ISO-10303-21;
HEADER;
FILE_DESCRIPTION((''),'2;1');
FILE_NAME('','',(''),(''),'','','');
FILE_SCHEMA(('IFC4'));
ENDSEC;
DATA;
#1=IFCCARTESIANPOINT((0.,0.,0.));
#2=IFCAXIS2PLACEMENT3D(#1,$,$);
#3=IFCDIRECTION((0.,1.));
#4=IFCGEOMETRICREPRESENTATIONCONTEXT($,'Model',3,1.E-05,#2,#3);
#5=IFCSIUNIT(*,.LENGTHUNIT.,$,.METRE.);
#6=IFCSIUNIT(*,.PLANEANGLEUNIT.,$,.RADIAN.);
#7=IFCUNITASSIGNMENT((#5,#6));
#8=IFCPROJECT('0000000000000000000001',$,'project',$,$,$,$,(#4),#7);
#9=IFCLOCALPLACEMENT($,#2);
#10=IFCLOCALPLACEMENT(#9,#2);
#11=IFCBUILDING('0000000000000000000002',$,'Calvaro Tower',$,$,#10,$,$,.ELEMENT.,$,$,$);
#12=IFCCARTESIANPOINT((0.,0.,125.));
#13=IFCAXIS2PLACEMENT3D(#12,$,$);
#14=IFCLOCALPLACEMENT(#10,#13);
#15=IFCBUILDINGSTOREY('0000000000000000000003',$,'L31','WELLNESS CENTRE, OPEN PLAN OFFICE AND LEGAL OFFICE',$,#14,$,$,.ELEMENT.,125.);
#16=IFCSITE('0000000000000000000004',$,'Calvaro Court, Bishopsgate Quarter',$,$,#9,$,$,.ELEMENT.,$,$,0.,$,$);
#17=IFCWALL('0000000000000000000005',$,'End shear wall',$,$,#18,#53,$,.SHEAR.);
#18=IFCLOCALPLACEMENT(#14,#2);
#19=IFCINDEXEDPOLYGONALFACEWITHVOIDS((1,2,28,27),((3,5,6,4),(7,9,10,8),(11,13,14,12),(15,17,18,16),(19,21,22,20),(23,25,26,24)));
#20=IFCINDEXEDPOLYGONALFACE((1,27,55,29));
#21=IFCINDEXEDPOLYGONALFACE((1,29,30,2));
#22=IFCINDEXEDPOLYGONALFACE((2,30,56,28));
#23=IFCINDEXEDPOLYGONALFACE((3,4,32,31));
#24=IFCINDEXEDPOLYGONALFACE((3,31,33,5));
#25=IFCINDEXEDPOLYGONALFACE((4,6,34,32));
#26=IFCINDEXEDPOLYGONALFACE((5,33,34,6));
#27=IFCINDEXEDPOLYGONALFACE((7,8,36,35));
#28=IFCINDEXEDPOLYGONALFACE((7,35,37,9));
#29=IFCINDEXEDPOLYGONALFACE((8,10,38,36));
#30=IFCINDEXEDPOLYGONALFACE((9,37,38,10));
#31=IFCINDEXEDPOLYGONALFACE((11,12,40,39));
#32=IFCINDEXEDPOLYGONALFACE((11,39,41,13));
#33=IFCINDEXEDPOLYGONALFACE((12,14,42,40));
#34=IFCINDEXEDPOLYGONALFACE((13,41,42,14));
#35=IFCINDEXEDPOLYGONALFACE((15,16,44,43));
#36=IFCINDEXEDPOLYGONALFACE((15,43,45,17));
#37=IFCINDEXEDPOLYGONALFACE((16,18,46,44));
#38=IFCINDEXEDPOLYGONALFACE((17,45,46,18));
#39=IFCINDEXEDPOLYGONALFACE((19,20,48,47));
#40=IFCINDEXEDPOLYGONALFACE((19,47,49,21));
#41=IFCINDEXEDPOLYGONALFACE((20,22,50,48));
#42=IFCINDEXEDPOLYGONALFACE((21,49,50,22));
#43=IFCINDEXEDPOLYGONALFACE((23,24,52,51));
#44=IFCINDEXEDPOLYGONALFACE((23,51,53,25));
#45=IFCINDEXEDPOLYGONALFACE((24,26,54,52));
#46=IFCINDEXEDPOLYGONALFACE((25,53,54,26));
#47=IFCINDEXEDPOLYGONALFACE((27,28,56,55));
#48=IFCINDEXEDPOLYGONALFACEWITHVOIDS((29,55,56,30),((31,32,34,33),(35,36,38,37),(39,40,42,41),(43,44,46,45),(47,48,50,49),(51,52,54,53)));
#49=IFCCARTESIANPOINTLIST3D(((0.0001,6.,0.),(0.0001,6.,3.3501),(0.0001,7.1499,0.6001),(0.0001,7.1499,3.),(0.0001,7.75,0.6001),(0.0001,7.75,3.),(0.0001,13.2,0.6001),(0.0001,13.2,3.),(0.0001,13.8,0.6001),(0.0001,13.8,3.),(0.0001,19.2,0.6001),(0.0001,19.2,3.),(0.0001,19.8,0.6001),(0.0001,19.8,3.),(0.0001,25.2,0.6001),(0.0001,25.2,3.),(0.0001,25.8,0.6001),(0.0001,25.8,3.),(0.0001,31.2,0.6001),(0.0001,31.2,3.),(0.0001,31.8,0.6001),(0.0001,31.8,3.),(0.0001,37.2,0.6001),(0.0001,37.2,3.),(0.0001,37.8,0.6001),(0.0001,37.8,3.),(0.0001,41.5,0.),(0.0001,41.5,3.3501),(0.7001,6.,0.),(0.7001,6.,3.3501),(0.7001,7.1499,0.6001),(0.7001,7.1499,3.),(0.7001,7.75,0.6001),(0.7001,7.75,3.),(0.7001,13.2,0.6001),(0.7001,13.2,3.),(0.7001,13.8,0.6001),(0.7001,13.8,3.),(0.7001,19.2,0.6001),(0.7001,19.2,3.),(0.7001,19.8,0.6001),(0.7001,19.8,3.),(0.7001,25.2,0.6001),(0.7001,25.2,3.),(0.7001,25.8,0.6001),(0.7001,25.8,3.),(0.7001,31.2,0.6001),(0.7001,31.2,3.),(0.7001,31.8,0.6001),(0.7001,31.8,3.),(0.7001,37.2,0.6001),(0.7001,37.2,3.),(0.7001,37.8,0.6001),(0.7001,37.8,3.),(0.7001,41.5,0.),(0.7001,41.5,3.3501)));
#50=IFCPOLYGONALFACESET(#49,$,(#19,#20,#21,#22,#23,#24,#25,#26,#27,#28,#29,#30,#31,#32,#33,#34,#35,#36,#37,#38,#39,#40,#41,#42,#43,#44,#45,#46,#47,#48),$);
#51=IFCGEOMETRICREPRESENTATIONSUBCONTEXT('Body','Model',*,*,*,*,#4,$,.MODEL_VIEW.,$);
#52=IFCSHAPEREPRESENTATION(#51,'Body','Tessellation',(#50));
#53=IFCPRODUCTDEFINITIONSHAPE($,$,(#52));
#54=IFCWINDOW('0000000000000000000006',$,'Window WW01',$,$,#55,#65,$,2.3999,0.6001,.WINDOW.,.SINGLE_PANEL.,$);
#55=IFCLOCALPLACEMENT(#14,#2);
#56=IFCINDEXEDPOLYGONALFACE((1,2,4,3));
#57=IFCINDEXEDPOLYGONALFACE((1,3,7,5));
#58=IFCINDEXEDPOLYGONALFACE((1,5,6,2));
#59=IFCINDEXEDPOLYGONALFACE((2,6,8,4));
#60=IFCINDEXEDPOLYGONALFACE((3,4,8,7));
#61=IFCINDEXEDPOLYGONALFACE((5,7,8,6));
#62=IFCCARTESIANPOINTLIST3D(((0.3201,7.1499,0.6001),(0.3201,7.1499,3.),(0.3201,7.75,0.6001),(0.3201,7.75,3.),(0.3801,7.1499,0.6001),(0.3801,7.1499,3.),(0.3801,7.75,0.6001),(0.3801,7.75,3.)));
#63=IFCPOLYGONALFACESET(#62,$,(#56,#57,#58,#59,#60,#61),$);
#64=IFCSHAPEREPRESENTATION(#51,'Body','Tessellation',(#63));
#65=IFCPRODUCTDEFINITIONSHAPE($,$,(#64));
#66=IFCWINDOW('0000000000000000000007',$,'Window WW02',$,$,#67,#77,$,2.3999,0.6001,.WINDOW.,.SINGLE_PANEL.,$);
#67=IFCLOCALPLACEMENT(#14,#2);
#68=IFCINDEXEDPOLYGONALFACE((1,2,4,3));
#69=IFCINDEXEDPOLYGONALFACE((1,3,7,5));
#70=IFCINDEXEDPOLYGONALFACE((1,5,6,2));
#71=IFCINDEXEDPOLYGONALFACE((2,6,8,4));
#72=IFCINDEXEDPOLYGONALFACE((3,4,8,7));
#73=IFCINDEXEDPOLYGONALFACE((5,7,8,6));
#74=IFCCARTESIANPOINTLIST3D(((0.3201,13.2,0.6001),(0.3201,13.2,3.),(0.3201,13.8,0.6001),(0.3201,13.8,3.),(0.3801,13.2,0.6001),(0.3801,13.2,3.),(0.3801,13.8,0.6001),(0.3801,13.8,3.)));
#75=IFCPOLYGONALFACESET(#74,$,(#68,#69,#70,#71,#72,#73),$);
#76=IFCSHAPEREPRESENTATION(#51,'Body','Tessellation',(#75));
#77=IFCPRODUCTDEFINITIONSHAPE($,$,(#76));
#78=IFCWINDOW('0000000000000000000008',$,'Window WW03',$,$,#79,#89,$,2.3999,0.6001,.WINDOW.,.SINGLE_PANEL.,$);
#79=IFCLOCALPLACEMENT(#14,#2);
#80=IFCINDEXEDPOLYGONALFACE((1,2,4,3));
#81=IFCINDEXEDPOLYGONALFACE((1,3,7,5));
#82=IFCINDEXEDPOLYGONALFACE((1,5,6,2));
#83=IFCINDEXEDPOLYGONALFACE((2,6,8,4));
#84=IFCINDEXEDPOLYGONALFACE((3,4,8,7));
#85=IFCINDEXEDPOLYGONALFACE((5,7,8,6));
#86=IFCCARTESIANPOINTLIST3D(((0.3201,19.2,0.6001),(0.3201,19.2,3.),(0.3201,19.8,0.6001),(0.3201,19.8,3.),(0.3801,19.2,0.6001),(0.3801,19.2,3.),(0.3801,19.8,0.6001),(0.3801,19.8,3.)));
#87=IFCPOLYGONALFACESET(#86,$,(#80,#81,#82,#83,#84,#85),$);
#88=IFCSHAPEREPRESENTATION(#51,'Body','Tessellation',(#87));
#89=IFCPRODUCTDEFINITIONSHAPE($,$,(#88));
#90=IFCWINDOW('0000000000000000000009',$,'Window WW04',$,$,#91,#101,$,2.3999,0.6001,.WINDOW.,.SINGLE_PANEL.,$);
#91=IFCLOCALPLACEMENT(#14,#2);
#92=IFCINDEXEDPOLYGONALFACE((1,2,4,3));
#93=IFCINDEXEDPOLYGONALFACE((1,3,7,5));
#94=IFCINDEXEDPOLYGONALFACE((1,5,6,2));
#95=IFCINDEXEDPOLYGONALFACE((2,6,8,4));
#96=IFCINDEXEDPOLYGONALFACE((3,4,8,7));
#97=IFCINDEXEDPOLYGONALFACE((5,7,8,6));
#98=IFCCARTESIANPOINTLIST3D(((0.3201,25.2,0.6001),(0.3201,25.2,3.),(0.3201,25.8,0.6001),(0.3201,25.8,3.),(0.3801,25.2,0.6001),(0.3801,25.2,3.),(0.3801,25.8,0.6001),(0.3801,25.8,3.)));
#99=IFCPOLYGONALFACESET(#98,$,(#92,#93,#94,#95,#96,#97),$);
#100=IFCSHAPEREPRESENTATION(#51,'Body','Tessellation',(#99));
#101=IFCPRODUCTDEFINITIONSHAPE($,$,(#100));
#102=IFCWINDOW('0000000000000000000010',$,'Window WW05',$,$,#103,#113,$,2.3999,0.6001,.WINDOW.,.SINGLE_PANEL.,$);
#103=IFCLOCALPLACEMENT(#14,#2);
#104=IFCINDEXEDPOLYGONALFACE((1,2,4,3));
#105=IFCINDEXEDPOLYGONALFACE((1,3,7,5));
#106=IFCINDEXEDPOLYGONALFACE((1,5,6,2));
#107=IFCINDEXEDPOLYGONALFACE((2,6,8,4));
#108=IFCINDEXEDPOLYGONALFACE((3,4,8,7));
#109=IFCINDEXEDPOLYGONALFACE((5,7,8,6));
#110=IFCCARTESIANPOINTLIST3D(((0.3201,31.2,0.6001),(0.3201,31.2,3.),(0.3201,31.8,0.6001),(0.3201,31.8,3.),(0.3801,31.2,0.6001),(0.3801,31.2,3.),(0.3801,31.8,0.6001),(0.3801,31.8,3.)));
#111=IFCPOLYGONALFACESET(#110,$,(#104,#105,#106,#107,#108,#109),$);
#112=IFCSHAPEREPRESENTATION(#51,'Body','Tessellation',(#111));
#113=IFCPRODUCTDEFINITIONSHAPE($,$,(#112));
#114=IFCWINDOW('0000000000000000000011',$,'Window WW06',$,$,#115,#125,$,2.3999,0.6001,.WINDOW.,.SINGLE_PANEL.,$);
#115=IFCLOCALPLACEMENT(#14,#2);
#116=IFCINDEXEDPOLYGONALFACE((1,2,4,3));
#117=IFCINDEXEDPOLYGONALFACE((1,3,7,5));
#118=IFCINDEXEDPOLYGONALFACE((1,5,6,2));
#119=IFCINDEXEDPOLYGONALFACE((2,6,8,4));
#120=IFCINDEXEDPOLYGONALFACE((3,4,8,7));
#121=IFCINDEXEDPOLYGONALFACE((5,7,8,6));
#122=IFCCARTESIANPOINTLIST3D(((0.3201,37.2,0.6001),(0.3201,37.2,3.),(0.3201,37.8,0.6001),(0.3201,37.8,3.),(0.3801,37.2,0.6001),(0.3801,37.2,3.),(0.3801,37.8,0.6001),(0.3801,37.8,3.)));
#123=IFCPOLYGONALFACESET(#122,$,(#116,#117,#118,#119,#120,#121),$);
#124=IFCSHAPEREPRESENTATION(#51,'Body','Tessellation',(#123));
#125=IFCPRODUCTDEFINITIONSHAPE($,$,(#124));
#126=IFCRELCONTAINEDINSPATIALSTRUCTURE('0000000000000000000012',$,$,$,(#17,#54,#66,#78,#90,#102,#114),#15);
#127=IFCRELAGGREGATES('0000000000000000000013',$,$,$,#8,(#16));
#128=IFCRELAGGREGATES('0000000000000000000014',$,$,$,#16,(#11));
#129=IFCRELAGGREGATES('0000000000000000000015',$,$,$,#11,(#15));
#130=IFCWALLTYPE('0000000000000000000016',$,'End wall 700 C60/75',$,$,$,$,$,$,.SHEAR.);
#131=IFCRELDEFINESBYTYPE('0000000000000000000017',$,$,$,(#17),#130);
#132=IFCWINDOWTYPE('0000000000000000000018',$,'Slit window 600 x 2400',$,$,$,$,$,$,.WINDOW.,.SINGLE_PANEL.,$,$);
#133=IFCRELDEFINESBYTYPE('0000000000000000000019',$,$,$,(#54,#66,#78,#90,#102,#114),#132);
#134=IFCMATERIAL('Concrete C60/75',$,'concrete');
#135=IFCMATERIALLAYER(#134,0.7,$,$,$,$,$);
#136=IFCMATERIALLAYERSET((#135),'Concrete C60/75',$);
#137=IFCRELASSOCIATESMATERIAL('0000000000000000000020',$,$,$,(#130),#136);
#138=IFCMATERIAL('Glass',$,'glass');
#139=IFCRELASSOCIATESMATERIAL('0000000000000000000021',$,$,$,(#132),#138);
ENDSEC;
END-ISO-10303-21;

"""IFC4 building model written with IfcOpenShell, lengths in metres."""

from ifc_helpers import new_model, si_unit, direction, frame, frame_2d, origin, place, context, subcontext, project, spatial, rectangle, extrude, material, layer, layer_set, type_object, element, fill, save


model = new_model("IFC4")

# Units and contexts
model_context = context("Model", 3, precision=1e-05, world=origin(), true_north=direction((0.0, 1.0)))
body_context = subcontext(model_context, "Body", "Model", "MODEL_VIEW")
ifc_project = project(units=[si_unit("LENGTHUNIT", "METRE"), si_unit("PLANEANGLEUNIT", "RADIAN")], contexts=[model_context])

# Site, building, storey
site_placement = place(None, origin())
site = spatial("IfcSite", under=ifc_project, at=site_placement, Name="Calvaro Court, Bishopsgate Quarter", CompositionType="ELEMENT", RefElevation=0.0)
building_placement = place(site_placement, origin())
building = spatial("IfcBuilding", under=site, at=building_placement, Name="Calvaro Tower", CompositionType="ELEMENT")
storey_placement = place(building_placement, frame((0.0, 0.0, 125.0)))
storey = spatial("IfcBuildingStorey", under=building, at=storey_placement, Name="L31", Description="WELLNESS CENTRE, OPEN PLAN OFFICE AND LEGAL OFFICE", CompositionType="ELEMENT", Elevation=125.0)

# Wall, openings, windows
ifc_material_1 = material(Name="Concrete C60/75", Category="concrete")
ifc_layer_1 = layer(ifc_material_1, 0.7)
ifc_layer_set_1 = layer_set([ifc_layer_1], Name="Concrete C60/75")
wall_type = type_object("IfcWallType", Name="End wall 700 C60/75", PredefinedType="SHEAR", material=ifc_layer_set_1)
wall_placement = place(storey_placement, frame((0.3501, 6.0, 0.0), z_axis=(0.0, 0.0, 1.0), x_axis=(0.0, 1.0, 0.0)))
wall = element("IfcWall", 1, at=wall_placement, inside=storey, type_object=wall_type, Name="End shear wall", PredefinedType="SHEAR", context=body_context, shape_type="SweptSolid", body=[
    extrude(rectangle(XDim=35.5, YDim=0.7, at=frame_2d((17.75, 0.0))), origin(), (0.0, 0.0, 1.0), 3.3501),
])
opening_1_placement = place(wall_placement, frame((1.1499, 0.0, 0.6001)))
opening_1 = element("IfcOpeningElement", 2, at=opening_1_placement, cuts=wall, PredefinedType="OPENING", context=body_context, shape_type="SweptSolid", body=[
    extrude(rectangle(XDim=0.6001, YDim=2.3999, at=frame_2d((0.3, 1.2))), frame((0.0, 0.3599, 0.0), z_axis=(0.0, -1.0, 0.0), x_axis=(1.0, 0.0, 0.0)), (0.0, 0.0, 1.0), 0.72),
])
opening_2_placement = place(wall_placement, frame((7.2, 0.0, 0.6001)))
opening_2 = element("IfcOpeningElement", 3, at=opening_2_placement, cuts=wall, PredefinedType="OPENING", context=body_context, shape_type="SweptSolid", body=[
    extrude(rectangle(XDim=0.6001, YDim=2.3999, at=frame_2d((0.3, 1.2))), frame((0.0, 0.3599, 0.0), z_axis=(0.0, -1.0, 0.0), x_axis=(1.0, 0.0, 0.0)), (0.0, 0.0, 1.0), 0.72),
])
opening_3_placement = place(wall_placement, frame((13.2, 0.0, 0.6001)))
opening_3 = element("IfcOpeningElement", 4, at=opening_3_placement, cuts=wall, PredefinedType="OPENING", context=body_context, shape_type="SweptSolid", body=[
    extrude(rectangle(XDim=0.6001, YDim=2.3999, at=frame_2d((0.3, 1.2))), frame((0.0, 0.3599, 0.0), z_axis=(0.0, -1.0, 0.0), x_axis=(1.0, 0.0, 0.0)), (0.0, 0.0, 1.0), 0.72),
])
opening_4_placement = place(wall_placement, frame((19.2, 0.0, 0.6001)))
opening_4 = element("IfcOpeningElement", 5, at=opening_4_placement, cuts=wall, PredefinedType="OPENING", context=body_context, shape_type="SweptSolid", body=[
    extrude(rectangle(XDim=0.6001, YDim=2.3999, at=frame_2d((0.3, 1.2))), frame((0.0, 0.3599, 0.0), z_axis=(0.0, -1.0, 0.0), x_axis=(1.0, 0.0, 0.0)), (0.0, 0.0, 1.0), 0.72),
])
opening_5_placement = place(wall_placement, frame((25.2, 0.0, 0.6001)))
opening_5 = element("IfcOpeningElement", 6, at=opening_5_placement, cuts=wall, PredefinedType="OPENING", context=body_context, shape_type="SweptSolid", body=[
    extrude(rectangle(XDim=0.6001, YDim=2.3999, at=frame_2d((0.3, 1.2))), frame((0.0, 0.3599, 0.0), z_axis=(0.0, -1.0, 0.0), x_axis=(1.0, 0.0, 0.0)), (0.0, 0.0, 1.0), 0.72),
])
opening_6_placement = place(wall_placement, frame((31.2, 0.0, 0.6001)))
opening_6 = element("IfcOpeningElement", 7, at=opening_6_placement, cuts=wall, PredefinedType="OPENING", context=body_context, shape_type="SweptSolid", body=[
    extrude(rectangle(XDim=0.6001, YDim=2.3999, at=frame_2d((0.3, 1.2))), frame((0.0, 0.3599, 0.0), z_axis=(0.0, -1.0, 0.0), x_axis=(1.0, 0.0, 0.0)), (0.0, 0.0, 1.0), 0.72),
])
ifc_material_2 = material(Name="Glass", Category="glass")
window_type = type_object("IfcWindowType", Name="Slit window 600 x 2400", PartitioningType="SINGLE_PANEL", PredefinedType="WINDOW", material=ifc_material_2)
window_1_placement = place(opening_1_placement, origin())
window_1 = element("IfcWindow", 8, at=window_1_placement, inside=storey, type_object=window_type, Name="Window WW01", OverallHeight=2.3999, OverallWidth=0.6001, PartitioningType="SINGLE_PANEL", PredefinedType="WINDOW", context=body_context, shape_type="SweptSolid", body=[
    extrude(rectangle(XDim=0.6001, YDim=2.3999, at=frame_2d((0.3, 1.2))), frame((0.0, 0.03, 0.0), z_axis=(0.0, -1.0, 0.0), x_axis=(1.0, 0.0, 0.0)), (0.0, 0.0, 1.0), 0.0601),
])
fill(opening_1, window_1)
window_2_placement = place(opening_2_placement, origin())
window_2 = element("IfcWindow", 9, at=window_2_placement, inside=storey, type_object=window_type, Name="Window WW02", OverallHeight=2.3999, OverallWidth=0.6001, PartitioningType="SINGLE_PANEL", PredefinedType="WINDOW", context=body_context, shape_type="SweptSolid", body=[
    extrude(rectangle(XDim=0.6001, YDim=2.3999, at=frame_2d((0.3, 1.2))), frame((0.0, 0.03, 0.0), z_axis=(0.0, -1.0, 0.0), x_axis=(1.0, 0.0, 0.0)), (0.0, 0.0, 1.0), 0.0601),
])
fill(opening_2, window_2)
window_3_placement = place(opening_3_placement, origin())
window_3 = element("IfcWindow", 10, at=window_3_placement, inside=storey, type_object=window_type, Name="Window WW03", OverallHeight=2.3999, OverallWidth=0.6001, PartitioningType="SINGLE_PANEL", PredefinedType="WINDOW", context=body_context, shape_type="SweptSolid", body=[
    extrude(rectangle(XDim=0.6001, YDim=2.3999, at=frame_2d((0.3, 1.2))), frame((0.0, 0.03, 0.0), z_axis=(0.0, -1.0, 0.0), x_axis=(1.0, 0.0, 0.0)), (0.0, 0.0, 1.0), 0.0601),
])
fill(opening_3, window_3)
window_4_placement = place(opening_4_placement, origin())
window_4 = element("IfcWindow", 11, at=window_4_placement, inside=storey, type_object=window_type, Name="Window WW04", OverallHeight=2.3999, OverallWidth=0.6001, PartitioningType="SINGLE_PANEL", PredefinedType="WINDOW", context=body_context, shape_type="SweptSolid", body=[
    extrude(rectangle(XDim=0.6001, YDim=2.3999, at=frame_2d((0.3, 1.2))), frame((0.0, 0.03, 0.0), z_axis=(0.0, -1.0, 0.0), x_axis=(1.0, 0.0, 0.0)), (0.0, 0.0, 1.0), 0.0601),
])
fill(opening_4, window_4)
window_5_placement = place(opening_5_placement, origin())
window_5 = element("IfcWindow", 12, at=window_5_placement, inside=storey, type_object=window_type, Name="Window WW05", OverallHeight=2.3999, OverallWidth=0.6001, PartitioningType="SINGLE_PANEL", PredefinedType="WINDOW", context=body_context, shape_type="SweptSolid", body=[
    extrude(rectangle(XDim=0.6001, YDim=2.3999, at=frame_2d((0.3, 1.2))), frame((0.0, 0.03, 0.0), z_axis=(0.0, -1.0, 0.0), x_axis=(1.0, 0.0, 0.0)), (0.0, 0.0, 1.0), 0.0601),
])
fill(opening_5, window_5)
window_6_placement = place(opening_6_placement, origin())
window_6 = element("IfcWindow", 13, at=window_6_placement, inside=storey, type_object=window_type, Name="Window WW06", OverallHeight=2.3999, OverallWidth=0.6001, PartitioningType="SINGLE_PANEL", PredefinedType="WINDOW", context=body_context, shape_type="SweptSolid", body=[
    extrude(rectangle(XDim=0.6001, YDim=2.3999, at=frame_2d((0.3, 1.2))), frame((0.0, 0.03, 0.0), z_axis=(0.0, -1.0, 0.0), x_axis=(1.0, 0.0, 0.0)), (0.0, 0.0, 1.0), 0.0601),
])
fill(opening_6, window_6)

save(model, "model.ifc")
